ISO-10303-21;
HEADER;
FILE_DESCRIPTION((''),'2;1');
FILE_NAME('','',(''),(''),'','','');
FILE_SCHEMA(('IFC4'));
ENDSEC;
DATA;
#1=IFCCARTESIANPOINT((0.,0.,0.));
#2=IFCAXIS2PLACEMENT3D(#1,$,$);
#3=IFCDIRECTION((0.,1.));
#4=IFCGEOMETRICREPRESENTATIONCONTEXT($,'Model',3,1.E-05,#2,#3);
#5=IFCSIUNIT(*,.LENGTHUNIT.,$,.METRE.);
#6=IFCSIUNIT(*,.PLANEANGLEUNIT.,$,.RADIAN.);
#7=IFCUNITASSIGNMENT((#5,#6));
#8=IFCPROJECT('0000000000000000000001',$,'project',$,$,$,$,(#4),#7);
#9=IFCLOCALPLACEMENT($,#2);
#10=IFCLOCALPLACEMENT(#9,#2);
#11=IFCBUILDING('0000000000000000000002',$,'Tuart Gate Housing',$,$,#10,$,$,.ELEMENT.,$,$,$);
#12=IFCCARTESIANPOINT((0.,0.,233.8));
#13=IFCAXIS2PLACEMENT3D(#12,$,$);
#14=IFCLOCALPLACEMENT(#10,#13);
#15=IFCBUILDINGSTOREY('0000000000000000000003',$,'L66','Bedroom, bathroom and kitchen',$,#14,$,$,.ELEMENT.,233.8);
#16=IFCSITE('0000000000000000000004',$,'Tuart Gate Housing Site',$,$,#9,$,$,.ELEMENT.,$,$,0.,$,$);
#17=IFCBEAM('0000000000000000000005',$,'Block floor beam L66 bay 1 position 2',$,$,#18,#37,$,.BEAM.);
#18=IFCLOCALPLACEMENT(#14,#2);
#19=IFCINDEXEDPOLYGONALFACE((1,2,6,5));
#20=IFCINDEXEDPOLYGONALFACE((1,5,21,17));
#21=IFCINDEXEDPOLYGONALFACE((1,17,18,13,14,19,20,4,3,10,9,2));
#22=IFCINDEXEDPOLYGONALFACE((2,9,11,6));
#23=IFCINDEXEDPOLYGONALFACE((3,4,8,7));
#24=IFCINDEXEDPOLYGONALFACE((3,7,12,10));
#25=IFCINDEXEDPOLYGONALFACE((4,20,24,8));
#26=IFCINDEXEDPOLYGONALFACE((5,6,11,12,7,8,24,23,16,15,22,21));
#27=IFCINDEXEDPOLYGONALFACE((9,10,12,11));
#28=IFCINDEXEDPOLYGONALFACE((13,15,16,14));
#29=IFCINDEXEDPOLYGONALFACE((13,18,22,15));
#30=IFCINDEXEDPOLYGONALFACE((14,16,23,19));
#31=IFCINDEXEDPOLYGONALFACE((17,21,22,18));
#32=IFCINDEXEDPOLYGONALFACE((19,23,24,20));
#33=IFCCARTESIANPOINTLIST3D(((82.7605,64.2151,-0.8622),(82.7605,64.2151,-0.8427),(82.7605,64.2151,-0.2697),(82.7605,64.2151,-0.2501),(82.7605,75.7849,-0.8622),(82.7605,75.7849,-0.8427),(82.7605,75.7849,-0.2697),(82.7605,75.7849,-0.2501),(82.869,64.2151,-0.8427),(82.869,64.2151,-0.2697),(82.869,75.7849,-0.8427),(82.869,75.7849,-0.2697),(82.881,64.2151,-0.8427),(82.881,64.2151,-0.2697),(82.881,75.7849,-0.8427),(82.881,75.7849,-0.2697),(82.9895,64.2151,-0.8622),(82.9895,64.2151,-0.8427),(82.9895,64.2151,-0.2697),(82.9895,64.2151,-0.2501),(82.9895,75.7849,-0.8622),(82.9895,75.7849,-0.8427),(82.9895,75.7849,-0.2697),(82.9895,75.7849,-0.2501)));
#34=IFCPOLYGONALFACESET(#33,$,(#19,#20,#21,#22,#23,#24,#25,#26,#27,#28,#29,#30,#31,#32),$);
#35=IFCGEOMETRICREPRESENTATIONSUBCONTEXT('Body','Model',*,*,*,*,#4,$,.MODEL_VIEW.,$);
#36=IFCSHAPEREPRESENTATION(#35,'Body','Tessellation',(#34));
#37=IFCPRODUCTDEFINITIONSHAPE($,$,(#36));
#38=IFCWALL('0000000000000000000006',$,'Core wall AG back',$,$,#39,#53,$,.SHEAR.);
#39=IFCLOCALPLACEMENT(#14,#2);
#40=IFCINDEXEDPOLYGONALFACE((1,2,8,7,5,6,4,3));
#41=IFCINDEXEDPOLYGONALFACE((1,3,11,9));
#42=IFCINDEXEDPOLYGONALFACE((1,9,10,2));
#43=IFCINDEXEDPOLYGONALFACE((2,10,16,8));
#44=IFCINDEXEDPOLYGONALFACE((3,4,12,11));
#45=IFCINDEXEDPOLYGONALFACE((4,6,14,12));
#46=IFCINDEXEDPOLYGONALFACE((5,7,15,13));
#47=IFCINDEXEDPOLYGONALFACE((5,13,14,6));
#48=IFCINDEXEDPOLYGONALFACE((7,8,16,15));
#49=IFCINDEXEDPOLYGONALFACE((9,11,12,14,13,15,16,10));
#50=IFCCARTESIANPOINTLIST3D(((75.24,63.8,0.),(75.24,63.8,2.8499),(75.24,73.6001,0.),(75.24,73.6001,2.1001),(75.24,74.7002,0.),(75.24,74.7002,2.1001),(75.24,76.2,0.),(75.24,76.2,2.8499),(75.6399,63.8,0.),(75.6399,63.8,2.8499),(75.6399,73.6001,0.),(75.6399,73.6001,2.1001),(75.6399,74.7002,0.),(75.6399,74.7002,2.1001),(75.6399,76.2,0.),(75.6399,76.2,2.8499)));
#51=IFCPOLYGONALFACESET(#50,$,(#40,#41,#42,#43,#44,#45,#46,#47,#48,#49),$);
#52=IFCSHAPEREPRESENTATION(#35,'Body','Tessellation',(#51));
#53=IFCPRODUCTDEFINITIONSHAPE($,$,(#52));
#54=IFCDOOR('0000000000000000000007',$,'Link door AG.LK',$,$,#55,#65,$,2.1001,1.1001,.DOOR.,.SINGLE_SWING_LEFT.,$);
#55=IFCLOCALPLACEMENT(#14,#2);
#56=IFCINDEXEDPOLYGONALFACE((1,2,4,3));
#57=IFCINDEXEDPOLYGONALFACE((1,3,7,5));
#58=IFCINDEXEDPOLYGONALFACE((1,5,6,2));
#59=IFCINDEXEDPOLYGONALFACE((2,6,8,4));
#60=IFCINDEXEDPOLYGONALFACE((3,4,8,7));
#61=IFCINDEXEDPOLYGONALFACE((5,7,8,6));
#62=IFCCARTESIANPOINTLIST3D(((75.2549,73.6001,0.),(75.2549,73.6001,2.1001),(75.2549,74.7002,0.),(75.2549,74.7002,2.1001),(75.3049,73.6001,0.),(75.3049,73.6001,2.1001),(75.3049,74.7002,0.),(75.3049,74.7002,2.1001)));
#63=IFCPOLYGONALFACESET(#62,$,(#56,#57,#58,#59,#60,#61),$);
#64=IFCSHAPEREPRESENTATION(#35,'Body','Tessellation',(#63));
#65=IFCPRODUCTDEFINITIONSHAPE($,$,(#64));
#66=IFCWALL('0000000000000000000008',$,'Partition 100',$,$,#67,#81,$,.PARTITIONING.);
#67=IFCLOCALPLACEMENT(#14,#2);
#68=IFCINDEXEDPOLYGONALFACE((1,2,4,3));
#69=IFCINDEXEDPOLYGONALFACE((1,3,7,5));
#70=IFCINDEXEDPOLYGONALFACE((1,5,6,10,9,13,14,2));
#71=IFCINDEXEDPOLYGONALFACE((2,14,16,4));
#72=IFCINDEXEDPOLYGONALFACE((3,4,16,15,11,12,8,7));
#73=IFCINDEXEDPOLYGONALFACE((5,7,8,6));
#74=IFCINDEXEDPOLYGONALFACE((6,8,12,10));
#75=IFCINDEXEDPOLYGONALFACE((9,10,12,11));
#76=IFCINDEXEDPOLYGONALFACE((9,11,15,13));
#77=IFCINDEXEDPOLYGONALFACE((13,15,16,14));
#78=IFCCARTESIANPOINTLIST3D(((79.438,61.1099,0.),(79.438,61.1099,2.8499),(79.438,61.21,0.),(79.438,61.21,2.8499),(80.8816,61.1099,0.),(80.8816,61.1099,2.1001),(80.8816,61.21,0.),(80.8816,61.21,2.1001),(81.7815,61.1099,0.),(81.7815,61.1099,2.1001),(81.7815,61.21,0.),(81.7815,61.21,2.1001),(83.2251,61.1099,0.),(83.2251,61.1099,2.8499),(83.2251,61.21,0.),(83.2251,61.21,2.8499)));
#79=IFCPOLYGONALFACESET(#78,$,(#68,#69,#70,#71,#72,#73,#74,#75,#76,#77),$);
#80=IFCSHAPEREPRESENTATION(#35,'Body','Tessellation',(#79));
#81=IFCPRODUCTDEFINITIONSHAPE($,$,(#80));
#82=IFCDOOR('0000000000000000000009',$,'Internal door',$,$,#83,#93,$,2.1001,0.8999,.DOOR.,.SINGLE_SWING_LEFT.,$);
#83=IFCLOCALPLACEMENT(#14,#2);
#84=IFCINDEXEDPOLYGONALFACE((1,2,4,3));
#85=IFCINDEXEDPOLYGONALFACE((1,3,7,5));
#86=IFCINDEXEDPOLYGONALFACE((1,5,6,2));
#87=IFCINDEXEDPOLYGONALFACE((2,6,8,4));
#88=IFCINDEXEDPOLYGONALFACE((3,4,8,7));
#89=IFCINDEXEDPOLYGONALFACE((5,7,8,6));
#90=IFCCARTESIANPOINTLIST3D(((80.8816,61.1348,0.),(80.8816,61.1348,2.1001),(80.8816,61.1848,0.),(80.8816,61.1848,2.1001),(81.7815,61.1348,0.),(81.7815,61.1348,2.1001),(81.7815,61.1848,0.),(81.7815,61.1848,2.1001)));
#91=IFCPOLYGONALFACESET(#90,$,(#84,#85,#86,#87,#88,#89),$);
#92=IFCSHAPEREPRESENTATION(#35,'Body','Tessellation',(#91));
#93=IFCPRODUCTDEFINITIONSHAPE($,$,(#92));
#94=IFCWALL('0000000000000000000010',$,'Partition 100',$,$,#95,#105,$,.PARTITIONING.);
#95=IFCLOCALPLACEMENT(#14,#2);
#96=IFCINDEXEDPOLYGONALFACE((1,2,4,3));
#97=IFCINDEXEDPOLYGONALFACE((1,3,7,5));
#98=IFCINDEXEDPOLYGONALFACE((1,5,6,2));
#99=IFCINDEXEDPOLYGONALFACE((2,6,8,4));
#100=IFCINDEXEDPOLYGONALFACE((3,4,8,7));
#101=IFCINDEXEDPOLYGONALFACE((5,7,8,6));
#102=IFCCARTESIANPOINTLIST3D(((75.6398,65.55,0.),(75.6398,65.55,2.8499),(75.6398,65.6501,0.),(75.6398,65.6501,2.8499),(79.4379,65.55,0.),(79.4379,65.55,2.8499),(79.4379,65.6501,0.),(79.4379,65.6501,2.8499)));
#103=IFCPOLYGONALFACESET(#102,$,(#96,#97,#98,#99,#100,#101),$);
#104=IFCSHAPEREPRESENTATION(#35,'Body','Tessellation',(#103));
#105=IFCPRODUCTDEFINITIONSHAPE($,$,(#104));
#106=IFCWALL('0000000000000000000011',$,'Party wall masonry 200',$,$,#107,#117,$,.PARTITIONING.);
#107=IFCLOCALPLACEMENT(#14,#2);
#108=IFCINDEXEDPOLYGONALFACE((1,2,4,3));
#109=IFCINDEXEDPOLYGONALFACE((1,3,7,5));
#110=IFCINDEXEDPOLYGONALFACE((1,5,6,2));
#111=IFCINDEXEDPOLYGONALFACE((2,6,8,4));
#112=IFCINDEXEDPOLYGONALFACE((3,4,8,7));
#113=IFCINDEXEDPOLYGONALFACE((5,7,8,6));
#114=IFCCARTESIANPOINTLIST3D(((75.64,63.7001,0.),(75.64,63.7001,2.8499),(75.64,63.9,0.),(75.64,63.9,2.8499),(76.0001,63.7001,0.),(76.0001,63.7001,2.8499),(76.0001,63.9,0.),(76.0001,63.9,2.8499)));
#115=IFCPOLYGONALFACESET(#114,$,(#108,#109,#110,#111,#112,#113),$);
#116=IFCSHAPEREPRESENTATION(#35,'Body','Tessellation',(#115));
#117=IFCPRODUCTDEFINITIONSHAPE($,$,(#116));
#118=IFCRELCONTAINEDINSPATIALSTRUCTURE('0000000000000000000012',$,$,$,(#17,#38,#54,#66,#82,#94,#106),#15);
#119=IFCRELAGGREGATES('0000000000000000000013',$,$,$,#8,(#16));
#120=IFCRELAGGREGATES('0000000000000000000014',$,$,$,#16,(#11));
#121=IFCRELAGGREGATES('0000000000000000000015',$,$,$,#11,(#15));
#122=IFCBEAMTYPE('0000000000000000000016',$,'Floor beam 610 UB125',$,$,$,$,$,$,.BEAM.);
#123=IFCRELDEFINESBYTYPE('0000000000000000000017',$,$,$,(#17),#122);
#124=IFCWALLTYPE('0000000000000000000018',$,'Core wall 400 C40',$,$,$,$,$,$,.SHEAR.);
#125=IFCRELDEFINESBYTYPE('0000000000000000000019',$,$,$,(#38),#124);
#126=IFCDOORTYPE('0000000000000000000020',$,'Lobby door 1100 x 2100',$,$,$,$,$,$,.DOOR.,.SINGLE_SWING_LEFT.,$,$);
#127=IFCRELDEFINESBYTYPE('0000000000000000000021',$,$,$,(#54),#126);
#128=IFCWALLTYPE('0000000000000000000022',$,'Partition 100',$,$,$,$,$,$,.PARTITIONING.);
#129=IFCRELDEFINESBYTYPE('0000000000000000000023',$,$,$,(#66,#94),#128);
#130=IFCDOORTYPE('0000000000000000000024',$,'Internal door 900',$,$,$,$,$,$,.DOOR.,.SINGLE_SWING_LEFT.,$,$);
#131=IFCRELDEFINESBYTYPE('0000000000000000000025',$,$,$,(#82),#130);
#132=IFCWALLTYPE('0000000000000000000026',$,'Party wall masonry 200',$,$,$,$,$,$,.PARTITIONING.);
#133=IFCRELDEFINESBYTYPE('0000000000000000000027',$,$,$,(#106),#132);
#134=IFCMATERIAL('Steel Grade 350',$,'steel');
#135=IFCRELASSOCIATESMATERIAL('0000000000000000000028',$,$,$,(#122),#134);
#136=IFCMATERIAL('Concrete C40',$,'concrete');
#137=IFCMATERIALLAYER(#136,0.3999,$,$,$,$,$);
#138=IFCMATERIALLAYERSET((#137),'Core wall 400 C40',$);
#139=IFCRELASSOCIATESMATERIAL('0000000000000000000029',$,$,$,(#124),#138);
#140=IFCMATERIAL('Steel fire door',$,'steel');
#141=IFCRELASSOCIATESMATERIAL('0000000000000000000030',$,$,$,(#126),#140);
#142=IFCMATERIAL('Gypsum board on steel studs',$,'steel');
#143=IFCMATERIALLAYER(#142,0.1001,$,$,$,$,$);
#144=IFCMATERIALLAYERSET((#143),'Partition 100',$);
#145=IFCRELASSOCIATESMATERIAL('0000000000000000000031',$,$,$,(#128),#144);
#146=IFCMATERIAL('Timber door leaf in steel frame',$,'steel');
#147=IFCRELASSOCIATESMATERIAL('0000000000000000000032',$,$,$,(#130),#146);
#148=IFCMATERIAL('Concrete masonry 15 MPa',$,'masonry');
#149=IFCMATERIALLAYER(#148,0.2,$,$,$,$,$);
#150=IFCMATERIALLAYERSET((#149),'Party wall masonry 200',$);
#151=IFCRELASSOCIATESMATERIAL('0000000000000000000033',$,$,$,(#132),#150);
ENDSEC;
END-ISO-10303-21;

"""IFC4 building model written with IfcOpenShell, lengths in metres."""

from ifc_helpers import new_model, si_unit, direction, frame, frame_2d, origin, origin_2d, place, context, subcontext, project, spatial, rectangle, i_section, extrude, material, layer, layer_set, material_profile, profile_set, type_object, element, fill, save


model = new_model("IFC4")

# Units and contexts
model_context = context("Model", 3, precision=1e-05, world=origin(), true_north=direction((0.0, 1.0)))
body_context = subcontext(model_context, "Body", "Model", "MODEL_VIEW")
ifc_project = project(units=[si_unit("LENGTHUNIT", "METRE"), si_unit("PLANEANGLEUNIT", "RADIAN")], contexts=[model_context])

# Site, building, storey
site_placement = place(None, origin())
site = spatial("IfcSite", under=ifc_project, at=site_placement, Name="Tuart Gate Housing Site", CompositionType="ELEMENT", RefElevation=0.0)
building_placement = place(site_placement, origin())
building = spatial("IfcBuilding", under=site, at=building_placement, Name="Tuart Gate Housing", CompositionType="ELEMENT")
storey_placement = place(building_placement, frame((0.0, 0.0, 233.8)))
storey = spatial("IfcBuildingStorey", under=building, at=storey_placement, Name="L66", Description="Bedroom, bathroom and kitchen", CompositionType="ELEMENT", Elevation=233.8)

# Beam
ifc_material_1 = material(Name="Steel Grade 350", Category="steel")
ifc_material_profile = material_profile(ifc_material_1, i_section(OverallWidth=0.229, OverallDepth=0.6121, WebThickness=0.012, FlangeThickness=0.0195, at=origin_2d()), Name="610UB125")
ifc_profile_set = profile_set([ifc_material_profile], Name="Steel Grade 350")
beam_type = type_object("IfcBeamType", Name="Floor beam 610 UB125", PredefinedType="BEAM", material=ifc_profile_set)
beam_placement = place(storey_placement, frame((82.875, 64.2151, -0.5562), z_axis=(0.0, 1.0, 0.0), x_axis=(-1.0, 0.0, 0.0)))
element("IfcBeam", 1, at=beam_placement, inside=storey, type_object=beam_type, Name="Block floor beam L66 bay 1 position 2", PredefinedType="BEAM", context=body_context, shape_type="SweptSolid", body=[
    extrude(i_section(OverallWidth=0.229, OverallDepth=0.6121, WebThickness=0.012, FlangeThickness=0.0195, at=origin_2d()), origin(), (0.0, 0.0, 1.0), 11.5698),
])

# Walls, openings, doors
ifc_material_2 = material(Name="Concrete C40", Category="concrete")
ifc_layer_1 = layer(ifc_material_2, 0.3999)
ifc_layer_set_1 = layer_set([ifc_layer_1], Name="Core wall 400 C40")
wall_type_1 = type_object("IfcWallType", Name="Core wall 400 C40", PredefinedType="SHEAR", material=ifc_layer_set_1)
wall_1_placement = place(storey_placement, frame((75.4399, 63.8, 0.0), z_axis=(0.0, 0.0, 1.0), x_axis=(0.0, 1.0, 0.0)))
wall_1 = element("IfcWall", 2, at=wall_1_placement, inside=storey, type_object=wall_type_1, Name="Core wall AG back", PredefinedType="SHEAR", context=body_context, shape_type="SweptSolid", body=[
    extrude(rectangle(XDim=12.3999, YDim=0.3999, at=frame_2d((6.2, 0.0))), origin(), (0.0, 0.0, 1.0), 2.8499),
])
opening_1_placement = place(wall_1_placement, frame((9.8, 0.0, 0.0)))
opening_1 = element("IfcOpeningElement", 3, at=opening_1_placement, cuts=wall_1, PredefinedType="OPENING", context=body_context, shape_type="SweptSolid", body=[
    extrude(rectangle(XDim=1.1001, YDim=2.1001, at=frame_2d((0.55, 1.05))), frame((0.0, 0.21, 0.0), z_axis=(0.0, -1.0, 0.0), x_axis=(1.0, 0.0, 0.0)), (0.0, 0.0, 1.0), 0.4199),
])
ifc_material_3 = material(Name="Steel fire door", Category="steel")
door_type_1 = type_object("IfcDoorType", Name="Lobby door 1100 x 2100", OperationType="SINGLE_SWING_LEFT", PredefinedType="DOOR", material=ifc_material_3)
door_1_placement = place(opening_1_placement, origin())
door_1 = element("IfcDoor", 4, at=door_1_placement, inside=storey, type_object=door_type_1, Name="Link door AG.LK", OperationType="SINGLE_SWING_LEFT", OverallHeight=2.1001, OverallWidth=1.1001, PredefinedType="DOOR", context=body_context, shape_type="SweptSolid", body=[
    extrude(rectangle(XDim=1.1001, YDim=2.1001, at=frame_2d((0.55, 1.05))), frame((0.0, 0.1851, 0.0), z_axis=(0.0, -1.0, 0.0), x_axis=(1.0, 0.0, 0.0)), (0.0, 0.0, 1.0), 0.05),
])
fill(opening_1, door_1)
ifc_material_4 = material(Name="Gypsum board on steel studs", Category="steel")
ifc_layer_2 = layer(ifc_material_4, 0.1001)
ifc_layer_set_2 = layer_set([ifc_layer_2], Name="Partition 100")
wall_type_2 = type_object("IfcWallType", Name="Partition 100", PredefinedType="PARTITIONING", material=ifc_layer_set_2)
wall_2_placement = place(storey_placement, frame((79.438, 61.1599, 0.0), z_axis=(0.0, 0.0, 1.0), x_axis=(1.0, 0.0, 0.0)))
wall_2 = element("IfcWall", 5, at=wall_2_placement, inside=storey, type_object=wall_type_2, Name="Partition 100", PredefinedType="PARTITIONING", context=body_context, shape_type="SweptSolid", body=[
    extrude(rectangle(XDim=3.7871, YDim=0.1001, at=frame_2d((1.8936, 0.0))), origin(), (0.0, 0.0, 1.0), 2.8499),
])
opening_2_placement = place(wall_2_placement, frame((1.4436, 0.0, 0.0)))
opening_2 = element("IfcOpeningElement", 6, at=opening_2_placement, cuts=wall_2, PredefinedType="OPENING", context=body_context, shape_type="SweptSolid", body=[
    extrude(rectangle(XDim=0.8999, YDim=2.1001, at=frame_2d((0.45, 1.05))), frame((0.0, 0.0601, 0.0), z_axis=(0.0, -1.0, 0.0), x_axis=(1.0, 0.0, 0.0)), (0.0, 0.0, 1.0), 0.1201),
])
ifc_material_5 = material(Name="Timber door leaf in steel frame", Category="steel")
door_type_2 = type_object("IfcDoorType", Name="Internal door 900", OperationType="SINGLE_SWING_LEFT", PredefinedType="DOOR", material=ifc_material_5)
door_2_placement = place(opening_2_placement, origin())
door_2 = element("IfcDoor", 7, at=door_2_placement, inside=storey, type_object=door_type_2, Name="Internal door", OperationType="SINGLE_SWING_LEFT", OverallHeight=2.1001, OverallWidth=0.8999, PredefinedType="DOOR", context=body_context, shape_type="SweptSolid", body=[
    extrude(rectangle(XDim=0.8999, YDim=2.1001, at=frame_2d((0.45, 1.05))), frame((0.0, 0.0249, 0.0), z_axis=(0.0, -1.0, 0.0), x_axis=(1.0, 0.0, 0.0)), (0.0, 0.0, 1.0), 0.05),
])
fill(opening_2, door_2)

# Walls
wall_3_placement = place(storey_placement, frame((75.6399, 65.6001, 0.0), z_axis=(0.0, 0.0, 1.0), x_axis=(1.0, 0.0, 0.0)))
element("IfcWall", 8, at=wall_3_placement, inside=storey, type_object=wall_type_2, Name="Partition 100", PredefinedType="PARTITIONING", context=body_context, shape_type="SweptSolid", body=[
    extrude(rectangle(XDim=3.7981, YDim=0.1001, at=frame_2d((1.8989, 0.0))), origin(), (0.0, 0.0, 1.0), 2.8499),
])
ifc_material_6 = material(Name="Concrete masonry 15 MPa", Category="masonry")
ifc_layer_3 = layer(ifc_material_6, 0.2)
ifc_layer_set_3 = layer_set([ifc_layer_3], Name="Party wall masonry 200")
wall_type_3 = type_object("IfcWallType", Name="Party wall masonry 200", PredefinedType="PARTITIONING", material=ifc_layer_set_3)
wall_4_placement = place(storey_placement, frame((75.6399, 63.8, 0.0), z_axis=(0.0, 0.0, 1.0), x_axis=(1.0, 0.0, 0.0)))
element("IfcWall", 9, at=wall_4_placement, inside=storey, type_object=wall_type_3, Name="Party wall masonry 200", PredefinedType="PARTITIONING", context=body_context, shape_type="SweptSolid", body=[
    extrude(rectangle(XDim=0.3601, YDim=0.2, at=frame_2d((0.1802, 0.0))), origin(), (0.0, 0.0, 1.0), 2.8499),
])

save(model, "model.ifc")
